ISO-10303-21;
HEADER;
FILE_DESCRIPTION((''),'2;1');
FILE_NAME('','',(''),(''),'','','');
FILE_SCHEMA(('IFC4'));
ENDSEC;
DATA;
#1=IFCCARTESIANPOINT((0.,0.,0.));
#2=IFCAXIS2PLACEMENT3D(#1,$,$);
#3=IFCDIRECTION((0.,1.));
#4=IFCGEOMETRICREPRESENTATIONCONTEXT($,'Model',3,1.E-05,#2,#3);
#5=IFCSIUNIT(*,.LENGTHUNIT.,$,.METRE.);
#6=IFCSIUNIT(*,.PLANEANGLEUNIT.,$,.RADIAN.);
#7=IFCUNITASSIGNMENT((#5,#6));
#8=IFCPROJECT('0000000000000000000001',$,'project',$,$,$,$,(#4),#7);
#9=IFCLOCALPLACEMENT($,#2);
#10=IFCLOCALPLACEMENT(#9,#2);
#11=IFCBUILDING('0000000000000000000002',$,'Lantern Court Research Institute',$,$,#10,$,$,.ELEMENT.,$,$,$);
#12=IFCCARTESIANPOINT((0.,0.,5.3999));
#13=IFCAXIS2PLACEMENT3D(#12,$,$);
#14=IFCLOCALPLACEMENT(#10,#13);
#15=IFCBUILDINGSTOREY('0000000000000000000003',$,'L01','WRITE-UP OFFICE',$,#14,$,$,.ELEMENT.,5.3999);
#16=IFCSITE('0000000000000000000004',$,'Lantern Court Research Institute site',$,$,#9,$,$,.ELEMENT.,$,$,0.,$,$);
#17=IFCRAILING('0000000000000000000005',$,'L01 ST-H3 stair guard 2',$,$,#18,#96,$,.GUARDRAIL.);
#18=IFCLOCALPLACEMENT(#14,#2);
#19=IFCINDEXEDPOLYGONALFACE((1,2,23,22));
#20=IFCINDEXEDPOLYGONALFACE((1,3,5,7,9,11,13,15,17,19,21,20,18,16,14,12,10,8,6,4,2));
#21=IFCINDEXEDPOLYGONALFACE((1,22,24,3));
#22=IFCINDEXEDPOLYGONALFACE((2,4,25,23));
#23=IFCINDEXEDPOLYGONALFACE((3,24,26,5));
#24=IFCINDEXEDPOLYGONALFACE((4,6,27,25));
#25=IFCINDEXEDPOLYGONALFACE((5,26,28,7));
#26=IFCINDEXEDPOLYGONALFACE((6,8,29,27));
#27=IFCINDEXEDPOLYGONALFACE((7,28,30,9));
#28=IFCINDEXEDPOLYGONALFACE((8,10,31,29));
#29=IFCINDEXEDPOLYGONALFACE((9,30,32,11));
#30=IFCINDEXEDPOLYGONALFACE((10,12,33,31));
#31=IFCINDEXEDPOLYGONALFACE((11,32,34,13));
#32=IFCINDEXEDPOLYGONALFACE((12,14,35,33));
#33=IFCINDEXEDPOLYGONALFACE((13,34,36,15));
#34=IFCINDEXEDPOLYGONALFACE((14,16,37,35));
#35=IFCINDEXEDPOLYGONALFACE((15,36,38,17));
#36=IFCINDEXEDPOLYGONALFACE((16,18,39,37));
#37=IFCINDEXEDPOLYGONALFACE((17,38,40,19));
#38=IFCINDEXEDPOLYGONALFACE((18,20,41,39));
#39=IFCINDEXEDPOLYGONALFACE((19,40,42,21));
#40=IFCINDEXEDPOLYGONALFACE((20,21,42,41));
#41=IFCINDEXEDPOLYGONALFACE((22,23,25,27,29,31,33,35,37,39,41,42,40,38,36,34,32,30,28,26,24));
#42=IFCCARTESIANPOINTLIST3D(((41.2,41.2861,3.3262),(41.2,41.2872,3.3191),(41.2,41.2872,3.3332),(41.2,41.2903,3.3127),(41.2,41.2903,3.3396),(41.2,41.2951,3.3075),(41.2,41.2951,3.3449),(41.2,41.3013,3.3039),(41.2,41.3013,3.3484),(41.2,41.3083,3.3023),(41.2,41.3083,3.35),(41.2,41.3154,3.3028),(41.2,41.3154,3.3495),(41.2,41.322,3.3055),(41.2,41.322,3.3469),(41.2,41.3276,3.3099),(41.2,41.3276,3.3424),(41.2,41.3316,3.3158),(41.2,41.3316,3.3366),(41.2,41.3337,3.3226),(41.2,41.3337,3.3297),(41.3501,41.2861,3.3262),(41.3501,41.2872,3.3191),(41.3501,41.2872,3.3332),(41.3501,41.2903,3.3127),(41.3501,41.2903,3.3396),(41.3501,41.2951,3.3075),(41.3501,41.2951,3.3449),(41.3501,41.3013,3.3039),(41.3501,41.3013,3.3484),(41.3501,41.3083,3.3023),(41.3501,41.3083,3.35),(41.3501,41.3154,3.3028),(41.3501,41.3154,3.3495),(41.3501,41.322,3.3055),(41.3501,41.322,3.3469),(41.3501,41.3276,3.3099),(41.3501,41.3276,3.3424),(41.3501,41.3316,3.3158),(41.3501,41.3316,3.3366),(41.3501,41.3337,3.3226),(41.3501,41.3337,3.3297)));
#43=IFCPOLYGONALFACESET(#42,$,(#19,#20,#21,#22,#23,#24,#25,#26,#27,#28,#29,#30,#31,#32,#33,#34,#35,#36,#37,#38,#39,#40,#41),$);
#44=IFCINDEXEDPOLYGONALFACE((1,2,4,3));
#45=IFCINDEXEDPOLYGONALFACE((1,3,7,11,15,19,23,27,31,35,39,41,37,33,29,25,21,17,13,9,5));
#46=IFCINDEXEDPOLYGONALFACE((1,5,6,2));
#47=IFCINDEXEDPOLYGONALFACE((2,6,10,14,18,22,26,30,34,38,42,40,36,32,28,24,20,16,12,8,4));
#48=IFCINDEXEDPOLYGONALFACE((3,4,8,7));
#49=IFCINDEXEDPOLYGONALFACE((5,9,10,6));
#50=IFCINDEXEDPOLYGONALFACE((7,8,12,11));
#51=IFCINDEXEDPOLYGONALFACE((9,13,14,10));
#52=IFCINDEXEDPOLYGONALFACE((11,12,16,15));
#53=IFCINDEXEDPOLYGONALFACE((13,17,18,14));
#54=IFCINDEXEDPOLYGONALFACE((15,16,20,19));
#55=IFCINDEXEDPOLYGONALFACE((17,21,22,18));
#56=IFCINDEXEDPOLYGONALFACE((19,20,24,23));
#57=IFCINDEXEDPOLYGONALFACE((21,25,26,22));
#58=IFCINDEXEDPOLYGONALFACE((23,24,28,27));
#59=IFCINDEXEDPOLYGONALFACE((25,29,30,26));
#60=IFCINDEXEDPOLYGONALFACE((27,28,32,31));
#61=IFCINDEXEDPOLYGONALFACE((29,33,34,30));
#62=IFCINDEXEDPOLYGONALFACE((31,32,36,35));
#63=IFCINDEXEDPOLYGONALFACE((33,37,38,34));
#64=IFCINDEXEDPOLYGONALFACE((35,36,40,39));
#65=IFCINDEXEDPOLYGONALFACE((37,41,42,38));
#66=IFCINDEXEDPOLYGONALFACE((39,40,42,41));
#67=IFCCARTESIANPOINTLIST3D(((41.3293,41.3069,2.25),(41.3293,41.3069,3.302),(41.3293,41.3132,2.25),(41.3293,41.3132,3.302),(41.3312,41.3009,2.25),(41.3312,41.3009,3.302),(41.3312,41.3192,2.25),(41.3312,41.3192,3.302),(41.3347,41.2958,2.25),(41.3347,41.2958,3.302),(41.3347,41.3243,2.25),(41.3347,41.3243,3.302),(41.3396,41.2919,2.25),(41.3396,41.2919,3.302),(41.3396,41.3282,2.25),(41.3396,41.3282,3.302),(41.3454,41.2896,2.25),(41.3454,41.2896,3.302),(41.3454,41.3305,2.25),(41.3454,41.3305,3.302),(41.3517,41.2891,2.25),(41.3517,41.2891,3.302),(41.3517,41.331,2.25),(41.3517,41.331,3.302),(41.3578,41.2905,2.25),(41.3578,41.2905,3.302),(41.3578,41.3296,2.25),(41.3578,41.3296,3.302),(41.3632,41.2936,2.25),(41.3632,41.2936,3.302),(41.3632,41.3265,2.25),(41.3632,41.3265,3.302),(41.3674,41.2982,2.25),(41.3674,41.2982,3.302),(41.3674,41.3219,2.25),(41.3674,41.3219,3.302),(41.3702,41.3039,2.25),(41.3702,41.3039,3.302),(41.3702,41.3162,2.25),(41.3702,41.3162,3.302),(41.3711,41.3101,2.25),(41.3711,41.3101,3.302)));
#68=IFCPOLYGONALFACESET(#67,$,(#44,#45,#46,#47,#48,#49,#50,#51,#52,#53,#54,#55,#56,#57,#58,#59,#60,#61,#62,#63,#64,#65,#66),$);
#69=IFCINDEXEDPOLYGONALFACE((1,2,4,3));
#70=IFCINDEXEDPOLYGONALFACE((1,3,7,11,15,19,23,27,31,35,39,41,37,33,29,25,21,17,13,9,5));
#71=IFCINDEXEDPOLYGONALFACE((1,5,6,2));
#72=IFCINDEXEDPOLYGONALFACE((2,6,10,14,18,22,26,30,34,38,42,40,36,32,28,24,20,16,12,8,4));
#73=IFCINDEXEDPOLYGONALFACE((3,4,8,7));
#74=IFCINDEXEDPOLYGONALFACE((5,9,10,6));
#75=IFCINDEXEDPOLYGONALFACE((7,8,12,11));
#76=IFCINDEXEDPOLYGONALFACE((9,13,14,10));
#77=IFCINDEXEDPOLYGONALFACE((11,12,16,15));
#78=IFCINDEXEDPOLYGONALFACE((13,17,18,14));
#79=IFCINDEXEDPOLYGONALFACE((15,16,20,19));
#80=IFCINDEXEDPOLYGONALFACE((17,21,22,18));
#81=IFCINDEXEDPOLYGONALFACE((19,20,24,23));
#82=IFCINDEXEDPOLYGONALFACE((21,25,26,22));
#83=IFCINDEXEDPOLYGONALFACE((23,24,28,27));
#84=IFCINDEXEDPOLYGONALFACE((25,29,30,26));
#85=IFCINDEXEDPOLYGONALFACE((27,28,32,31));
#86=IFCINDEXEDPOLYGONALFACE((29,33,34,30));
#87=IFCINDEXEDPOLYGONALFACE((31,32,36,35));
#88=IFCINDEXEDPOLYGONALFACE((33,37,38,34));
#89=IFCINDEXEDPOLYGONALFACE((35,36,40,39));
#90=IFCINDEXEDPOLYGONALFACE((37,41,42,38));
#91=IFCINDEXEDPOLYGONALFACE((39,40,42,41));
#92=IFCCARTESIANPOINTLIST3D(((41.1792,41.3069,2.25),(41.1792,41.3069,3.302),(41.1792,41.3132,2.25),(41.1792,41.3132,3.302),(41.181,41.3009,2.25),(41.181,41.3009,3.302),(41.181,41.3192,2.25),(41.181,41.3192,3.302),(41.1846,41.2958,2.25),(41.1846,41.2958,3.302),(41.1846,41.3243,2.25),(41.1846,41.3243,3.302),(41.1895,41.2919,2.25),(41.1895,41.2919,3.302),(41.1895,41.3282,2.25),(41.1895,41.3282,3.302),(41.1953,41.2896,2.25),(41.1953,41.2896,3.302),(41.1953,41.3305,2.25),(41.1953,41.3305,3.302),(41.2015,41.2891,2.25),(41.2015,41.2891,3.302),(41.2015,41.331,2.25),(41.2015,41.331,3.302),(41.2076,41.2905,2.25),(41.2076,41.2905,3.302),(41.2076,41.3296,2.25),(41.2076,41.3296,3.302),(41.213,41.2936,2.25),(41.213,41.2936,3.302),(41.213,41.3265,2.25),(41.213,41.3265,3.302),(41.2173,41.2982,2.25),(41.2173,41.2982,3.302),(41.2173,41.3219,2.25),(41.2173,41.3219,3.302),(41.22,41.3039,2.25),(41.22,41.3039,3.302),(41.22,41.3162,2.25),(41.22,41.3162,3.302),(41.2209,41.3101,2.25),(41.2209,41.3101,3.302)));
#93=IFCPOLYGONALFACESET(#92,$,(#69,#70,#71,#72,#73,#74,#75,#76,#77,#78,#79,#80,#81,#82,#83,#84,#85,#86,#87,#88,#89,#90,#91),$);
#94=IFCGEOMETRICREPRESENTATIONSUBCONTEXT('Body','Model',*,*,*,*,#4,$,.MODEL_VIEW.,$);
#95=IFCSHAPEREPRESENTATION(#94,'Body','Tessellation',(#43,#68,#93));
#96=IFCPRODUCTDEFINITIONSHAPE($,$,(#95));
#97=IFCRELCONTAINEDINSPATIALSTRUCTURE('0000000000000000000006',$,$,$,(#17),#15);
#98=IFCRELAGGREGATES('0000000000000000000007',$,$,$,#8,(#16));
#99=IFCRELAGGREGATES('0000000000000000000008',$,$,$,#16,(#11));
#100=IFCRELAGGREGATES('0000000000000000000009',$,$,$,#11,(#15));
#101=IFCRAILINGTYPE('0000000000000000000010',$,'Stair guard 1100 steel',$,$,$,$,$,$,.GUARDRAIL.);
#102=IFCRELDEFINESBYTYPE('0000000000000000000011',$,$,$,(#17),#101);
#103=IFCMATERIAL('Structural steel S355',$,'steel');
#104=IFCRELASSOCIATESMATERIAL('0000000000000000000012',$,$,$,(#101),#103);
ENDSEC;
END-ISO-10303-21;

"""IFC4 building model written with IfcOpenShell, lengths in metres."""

from ifc_helpers import new_model, si_unit, direction, frame, origin, origin_2d, place, context, subcontext, project, spatial, circle, extrude, material, type_object, element, save


model = new_model("IFC4")

# Units and contexts
model_context = context("Model", 3, precision=1e-05, world=origin(), true_north=direction((0.0, 1.0)))
body_context = subcontext(model_context, "Body", "Model", "MODEL_VIEW")
ifc_project = project(units=[si_unit("LENGTHUNIT", "METRE"), si_unit("PLANEANGLEUNIT", "RADIAN")], contexts=[model_context])

# Site, building, storey
site_placement = place(None, origin())
site = spatial("IfcSite", under=ifc_project, at=site_placement, Name="Lantern Court Research Institute site", CompositionType="ELEMENT", RefElevation=0.0)
building_placement = place(site_placement, origin())
building = spatial("IfcBuilding", under=site, at=building_placement, Name="Lantern Court Research Institute", CompositionType="ELEMENT")
storey_placement = place(building_placement, frame((0.0, 0.0, 5.3999)))
storey = spatial("IfcBuildingStorey", under=building, at=storey_placement, Name="L01", Description="WRITE-UP OFFICE", CompositionType="ELEMENT", Elevation=5.3999)

# Railing
ifc_material_1 = material(Name="Structural steel S355", Category="steel")
railing_type_1 = type_object("IfcRailingType", Name="Stair guard 1100 steel", PredefinedType="GUARDRAIL", material=ifc_material_1)
railing_1_placement = place(storey_placement, frame((41.3501, 41.3101, 2.25)))
element("IfcRailing", 1, at=railing_1_placement, inside=storey, type_object=railing_type_1, Name="L01 ST-H3 stair guard 2", PredefinedType="GUARDRAIL", context=body_context, shape_type="SweptSolid", body=[
    extrude(circle(Radius=0.0239, at=origin_2d()), frame((0.0, 0.0, 1.0762), z_axis=(-1.0, 0.0, 0.0), x_axis=(0.0, -1.0, 0.0)), (0.0, 0.0, 1.0), 0.1501),
    extrude(circle(Radius=0.021, at=origin_2d()), origin(), (0.0, 0.0, 1.0), 1.052),
    extrude(circle(Radius=0.021, at=origin_2d()), frame((-0.1501, 0.0, 0.0)), (0.0, 0.0, 1.0), 1.052),
])

save(model, "model.ifc")
